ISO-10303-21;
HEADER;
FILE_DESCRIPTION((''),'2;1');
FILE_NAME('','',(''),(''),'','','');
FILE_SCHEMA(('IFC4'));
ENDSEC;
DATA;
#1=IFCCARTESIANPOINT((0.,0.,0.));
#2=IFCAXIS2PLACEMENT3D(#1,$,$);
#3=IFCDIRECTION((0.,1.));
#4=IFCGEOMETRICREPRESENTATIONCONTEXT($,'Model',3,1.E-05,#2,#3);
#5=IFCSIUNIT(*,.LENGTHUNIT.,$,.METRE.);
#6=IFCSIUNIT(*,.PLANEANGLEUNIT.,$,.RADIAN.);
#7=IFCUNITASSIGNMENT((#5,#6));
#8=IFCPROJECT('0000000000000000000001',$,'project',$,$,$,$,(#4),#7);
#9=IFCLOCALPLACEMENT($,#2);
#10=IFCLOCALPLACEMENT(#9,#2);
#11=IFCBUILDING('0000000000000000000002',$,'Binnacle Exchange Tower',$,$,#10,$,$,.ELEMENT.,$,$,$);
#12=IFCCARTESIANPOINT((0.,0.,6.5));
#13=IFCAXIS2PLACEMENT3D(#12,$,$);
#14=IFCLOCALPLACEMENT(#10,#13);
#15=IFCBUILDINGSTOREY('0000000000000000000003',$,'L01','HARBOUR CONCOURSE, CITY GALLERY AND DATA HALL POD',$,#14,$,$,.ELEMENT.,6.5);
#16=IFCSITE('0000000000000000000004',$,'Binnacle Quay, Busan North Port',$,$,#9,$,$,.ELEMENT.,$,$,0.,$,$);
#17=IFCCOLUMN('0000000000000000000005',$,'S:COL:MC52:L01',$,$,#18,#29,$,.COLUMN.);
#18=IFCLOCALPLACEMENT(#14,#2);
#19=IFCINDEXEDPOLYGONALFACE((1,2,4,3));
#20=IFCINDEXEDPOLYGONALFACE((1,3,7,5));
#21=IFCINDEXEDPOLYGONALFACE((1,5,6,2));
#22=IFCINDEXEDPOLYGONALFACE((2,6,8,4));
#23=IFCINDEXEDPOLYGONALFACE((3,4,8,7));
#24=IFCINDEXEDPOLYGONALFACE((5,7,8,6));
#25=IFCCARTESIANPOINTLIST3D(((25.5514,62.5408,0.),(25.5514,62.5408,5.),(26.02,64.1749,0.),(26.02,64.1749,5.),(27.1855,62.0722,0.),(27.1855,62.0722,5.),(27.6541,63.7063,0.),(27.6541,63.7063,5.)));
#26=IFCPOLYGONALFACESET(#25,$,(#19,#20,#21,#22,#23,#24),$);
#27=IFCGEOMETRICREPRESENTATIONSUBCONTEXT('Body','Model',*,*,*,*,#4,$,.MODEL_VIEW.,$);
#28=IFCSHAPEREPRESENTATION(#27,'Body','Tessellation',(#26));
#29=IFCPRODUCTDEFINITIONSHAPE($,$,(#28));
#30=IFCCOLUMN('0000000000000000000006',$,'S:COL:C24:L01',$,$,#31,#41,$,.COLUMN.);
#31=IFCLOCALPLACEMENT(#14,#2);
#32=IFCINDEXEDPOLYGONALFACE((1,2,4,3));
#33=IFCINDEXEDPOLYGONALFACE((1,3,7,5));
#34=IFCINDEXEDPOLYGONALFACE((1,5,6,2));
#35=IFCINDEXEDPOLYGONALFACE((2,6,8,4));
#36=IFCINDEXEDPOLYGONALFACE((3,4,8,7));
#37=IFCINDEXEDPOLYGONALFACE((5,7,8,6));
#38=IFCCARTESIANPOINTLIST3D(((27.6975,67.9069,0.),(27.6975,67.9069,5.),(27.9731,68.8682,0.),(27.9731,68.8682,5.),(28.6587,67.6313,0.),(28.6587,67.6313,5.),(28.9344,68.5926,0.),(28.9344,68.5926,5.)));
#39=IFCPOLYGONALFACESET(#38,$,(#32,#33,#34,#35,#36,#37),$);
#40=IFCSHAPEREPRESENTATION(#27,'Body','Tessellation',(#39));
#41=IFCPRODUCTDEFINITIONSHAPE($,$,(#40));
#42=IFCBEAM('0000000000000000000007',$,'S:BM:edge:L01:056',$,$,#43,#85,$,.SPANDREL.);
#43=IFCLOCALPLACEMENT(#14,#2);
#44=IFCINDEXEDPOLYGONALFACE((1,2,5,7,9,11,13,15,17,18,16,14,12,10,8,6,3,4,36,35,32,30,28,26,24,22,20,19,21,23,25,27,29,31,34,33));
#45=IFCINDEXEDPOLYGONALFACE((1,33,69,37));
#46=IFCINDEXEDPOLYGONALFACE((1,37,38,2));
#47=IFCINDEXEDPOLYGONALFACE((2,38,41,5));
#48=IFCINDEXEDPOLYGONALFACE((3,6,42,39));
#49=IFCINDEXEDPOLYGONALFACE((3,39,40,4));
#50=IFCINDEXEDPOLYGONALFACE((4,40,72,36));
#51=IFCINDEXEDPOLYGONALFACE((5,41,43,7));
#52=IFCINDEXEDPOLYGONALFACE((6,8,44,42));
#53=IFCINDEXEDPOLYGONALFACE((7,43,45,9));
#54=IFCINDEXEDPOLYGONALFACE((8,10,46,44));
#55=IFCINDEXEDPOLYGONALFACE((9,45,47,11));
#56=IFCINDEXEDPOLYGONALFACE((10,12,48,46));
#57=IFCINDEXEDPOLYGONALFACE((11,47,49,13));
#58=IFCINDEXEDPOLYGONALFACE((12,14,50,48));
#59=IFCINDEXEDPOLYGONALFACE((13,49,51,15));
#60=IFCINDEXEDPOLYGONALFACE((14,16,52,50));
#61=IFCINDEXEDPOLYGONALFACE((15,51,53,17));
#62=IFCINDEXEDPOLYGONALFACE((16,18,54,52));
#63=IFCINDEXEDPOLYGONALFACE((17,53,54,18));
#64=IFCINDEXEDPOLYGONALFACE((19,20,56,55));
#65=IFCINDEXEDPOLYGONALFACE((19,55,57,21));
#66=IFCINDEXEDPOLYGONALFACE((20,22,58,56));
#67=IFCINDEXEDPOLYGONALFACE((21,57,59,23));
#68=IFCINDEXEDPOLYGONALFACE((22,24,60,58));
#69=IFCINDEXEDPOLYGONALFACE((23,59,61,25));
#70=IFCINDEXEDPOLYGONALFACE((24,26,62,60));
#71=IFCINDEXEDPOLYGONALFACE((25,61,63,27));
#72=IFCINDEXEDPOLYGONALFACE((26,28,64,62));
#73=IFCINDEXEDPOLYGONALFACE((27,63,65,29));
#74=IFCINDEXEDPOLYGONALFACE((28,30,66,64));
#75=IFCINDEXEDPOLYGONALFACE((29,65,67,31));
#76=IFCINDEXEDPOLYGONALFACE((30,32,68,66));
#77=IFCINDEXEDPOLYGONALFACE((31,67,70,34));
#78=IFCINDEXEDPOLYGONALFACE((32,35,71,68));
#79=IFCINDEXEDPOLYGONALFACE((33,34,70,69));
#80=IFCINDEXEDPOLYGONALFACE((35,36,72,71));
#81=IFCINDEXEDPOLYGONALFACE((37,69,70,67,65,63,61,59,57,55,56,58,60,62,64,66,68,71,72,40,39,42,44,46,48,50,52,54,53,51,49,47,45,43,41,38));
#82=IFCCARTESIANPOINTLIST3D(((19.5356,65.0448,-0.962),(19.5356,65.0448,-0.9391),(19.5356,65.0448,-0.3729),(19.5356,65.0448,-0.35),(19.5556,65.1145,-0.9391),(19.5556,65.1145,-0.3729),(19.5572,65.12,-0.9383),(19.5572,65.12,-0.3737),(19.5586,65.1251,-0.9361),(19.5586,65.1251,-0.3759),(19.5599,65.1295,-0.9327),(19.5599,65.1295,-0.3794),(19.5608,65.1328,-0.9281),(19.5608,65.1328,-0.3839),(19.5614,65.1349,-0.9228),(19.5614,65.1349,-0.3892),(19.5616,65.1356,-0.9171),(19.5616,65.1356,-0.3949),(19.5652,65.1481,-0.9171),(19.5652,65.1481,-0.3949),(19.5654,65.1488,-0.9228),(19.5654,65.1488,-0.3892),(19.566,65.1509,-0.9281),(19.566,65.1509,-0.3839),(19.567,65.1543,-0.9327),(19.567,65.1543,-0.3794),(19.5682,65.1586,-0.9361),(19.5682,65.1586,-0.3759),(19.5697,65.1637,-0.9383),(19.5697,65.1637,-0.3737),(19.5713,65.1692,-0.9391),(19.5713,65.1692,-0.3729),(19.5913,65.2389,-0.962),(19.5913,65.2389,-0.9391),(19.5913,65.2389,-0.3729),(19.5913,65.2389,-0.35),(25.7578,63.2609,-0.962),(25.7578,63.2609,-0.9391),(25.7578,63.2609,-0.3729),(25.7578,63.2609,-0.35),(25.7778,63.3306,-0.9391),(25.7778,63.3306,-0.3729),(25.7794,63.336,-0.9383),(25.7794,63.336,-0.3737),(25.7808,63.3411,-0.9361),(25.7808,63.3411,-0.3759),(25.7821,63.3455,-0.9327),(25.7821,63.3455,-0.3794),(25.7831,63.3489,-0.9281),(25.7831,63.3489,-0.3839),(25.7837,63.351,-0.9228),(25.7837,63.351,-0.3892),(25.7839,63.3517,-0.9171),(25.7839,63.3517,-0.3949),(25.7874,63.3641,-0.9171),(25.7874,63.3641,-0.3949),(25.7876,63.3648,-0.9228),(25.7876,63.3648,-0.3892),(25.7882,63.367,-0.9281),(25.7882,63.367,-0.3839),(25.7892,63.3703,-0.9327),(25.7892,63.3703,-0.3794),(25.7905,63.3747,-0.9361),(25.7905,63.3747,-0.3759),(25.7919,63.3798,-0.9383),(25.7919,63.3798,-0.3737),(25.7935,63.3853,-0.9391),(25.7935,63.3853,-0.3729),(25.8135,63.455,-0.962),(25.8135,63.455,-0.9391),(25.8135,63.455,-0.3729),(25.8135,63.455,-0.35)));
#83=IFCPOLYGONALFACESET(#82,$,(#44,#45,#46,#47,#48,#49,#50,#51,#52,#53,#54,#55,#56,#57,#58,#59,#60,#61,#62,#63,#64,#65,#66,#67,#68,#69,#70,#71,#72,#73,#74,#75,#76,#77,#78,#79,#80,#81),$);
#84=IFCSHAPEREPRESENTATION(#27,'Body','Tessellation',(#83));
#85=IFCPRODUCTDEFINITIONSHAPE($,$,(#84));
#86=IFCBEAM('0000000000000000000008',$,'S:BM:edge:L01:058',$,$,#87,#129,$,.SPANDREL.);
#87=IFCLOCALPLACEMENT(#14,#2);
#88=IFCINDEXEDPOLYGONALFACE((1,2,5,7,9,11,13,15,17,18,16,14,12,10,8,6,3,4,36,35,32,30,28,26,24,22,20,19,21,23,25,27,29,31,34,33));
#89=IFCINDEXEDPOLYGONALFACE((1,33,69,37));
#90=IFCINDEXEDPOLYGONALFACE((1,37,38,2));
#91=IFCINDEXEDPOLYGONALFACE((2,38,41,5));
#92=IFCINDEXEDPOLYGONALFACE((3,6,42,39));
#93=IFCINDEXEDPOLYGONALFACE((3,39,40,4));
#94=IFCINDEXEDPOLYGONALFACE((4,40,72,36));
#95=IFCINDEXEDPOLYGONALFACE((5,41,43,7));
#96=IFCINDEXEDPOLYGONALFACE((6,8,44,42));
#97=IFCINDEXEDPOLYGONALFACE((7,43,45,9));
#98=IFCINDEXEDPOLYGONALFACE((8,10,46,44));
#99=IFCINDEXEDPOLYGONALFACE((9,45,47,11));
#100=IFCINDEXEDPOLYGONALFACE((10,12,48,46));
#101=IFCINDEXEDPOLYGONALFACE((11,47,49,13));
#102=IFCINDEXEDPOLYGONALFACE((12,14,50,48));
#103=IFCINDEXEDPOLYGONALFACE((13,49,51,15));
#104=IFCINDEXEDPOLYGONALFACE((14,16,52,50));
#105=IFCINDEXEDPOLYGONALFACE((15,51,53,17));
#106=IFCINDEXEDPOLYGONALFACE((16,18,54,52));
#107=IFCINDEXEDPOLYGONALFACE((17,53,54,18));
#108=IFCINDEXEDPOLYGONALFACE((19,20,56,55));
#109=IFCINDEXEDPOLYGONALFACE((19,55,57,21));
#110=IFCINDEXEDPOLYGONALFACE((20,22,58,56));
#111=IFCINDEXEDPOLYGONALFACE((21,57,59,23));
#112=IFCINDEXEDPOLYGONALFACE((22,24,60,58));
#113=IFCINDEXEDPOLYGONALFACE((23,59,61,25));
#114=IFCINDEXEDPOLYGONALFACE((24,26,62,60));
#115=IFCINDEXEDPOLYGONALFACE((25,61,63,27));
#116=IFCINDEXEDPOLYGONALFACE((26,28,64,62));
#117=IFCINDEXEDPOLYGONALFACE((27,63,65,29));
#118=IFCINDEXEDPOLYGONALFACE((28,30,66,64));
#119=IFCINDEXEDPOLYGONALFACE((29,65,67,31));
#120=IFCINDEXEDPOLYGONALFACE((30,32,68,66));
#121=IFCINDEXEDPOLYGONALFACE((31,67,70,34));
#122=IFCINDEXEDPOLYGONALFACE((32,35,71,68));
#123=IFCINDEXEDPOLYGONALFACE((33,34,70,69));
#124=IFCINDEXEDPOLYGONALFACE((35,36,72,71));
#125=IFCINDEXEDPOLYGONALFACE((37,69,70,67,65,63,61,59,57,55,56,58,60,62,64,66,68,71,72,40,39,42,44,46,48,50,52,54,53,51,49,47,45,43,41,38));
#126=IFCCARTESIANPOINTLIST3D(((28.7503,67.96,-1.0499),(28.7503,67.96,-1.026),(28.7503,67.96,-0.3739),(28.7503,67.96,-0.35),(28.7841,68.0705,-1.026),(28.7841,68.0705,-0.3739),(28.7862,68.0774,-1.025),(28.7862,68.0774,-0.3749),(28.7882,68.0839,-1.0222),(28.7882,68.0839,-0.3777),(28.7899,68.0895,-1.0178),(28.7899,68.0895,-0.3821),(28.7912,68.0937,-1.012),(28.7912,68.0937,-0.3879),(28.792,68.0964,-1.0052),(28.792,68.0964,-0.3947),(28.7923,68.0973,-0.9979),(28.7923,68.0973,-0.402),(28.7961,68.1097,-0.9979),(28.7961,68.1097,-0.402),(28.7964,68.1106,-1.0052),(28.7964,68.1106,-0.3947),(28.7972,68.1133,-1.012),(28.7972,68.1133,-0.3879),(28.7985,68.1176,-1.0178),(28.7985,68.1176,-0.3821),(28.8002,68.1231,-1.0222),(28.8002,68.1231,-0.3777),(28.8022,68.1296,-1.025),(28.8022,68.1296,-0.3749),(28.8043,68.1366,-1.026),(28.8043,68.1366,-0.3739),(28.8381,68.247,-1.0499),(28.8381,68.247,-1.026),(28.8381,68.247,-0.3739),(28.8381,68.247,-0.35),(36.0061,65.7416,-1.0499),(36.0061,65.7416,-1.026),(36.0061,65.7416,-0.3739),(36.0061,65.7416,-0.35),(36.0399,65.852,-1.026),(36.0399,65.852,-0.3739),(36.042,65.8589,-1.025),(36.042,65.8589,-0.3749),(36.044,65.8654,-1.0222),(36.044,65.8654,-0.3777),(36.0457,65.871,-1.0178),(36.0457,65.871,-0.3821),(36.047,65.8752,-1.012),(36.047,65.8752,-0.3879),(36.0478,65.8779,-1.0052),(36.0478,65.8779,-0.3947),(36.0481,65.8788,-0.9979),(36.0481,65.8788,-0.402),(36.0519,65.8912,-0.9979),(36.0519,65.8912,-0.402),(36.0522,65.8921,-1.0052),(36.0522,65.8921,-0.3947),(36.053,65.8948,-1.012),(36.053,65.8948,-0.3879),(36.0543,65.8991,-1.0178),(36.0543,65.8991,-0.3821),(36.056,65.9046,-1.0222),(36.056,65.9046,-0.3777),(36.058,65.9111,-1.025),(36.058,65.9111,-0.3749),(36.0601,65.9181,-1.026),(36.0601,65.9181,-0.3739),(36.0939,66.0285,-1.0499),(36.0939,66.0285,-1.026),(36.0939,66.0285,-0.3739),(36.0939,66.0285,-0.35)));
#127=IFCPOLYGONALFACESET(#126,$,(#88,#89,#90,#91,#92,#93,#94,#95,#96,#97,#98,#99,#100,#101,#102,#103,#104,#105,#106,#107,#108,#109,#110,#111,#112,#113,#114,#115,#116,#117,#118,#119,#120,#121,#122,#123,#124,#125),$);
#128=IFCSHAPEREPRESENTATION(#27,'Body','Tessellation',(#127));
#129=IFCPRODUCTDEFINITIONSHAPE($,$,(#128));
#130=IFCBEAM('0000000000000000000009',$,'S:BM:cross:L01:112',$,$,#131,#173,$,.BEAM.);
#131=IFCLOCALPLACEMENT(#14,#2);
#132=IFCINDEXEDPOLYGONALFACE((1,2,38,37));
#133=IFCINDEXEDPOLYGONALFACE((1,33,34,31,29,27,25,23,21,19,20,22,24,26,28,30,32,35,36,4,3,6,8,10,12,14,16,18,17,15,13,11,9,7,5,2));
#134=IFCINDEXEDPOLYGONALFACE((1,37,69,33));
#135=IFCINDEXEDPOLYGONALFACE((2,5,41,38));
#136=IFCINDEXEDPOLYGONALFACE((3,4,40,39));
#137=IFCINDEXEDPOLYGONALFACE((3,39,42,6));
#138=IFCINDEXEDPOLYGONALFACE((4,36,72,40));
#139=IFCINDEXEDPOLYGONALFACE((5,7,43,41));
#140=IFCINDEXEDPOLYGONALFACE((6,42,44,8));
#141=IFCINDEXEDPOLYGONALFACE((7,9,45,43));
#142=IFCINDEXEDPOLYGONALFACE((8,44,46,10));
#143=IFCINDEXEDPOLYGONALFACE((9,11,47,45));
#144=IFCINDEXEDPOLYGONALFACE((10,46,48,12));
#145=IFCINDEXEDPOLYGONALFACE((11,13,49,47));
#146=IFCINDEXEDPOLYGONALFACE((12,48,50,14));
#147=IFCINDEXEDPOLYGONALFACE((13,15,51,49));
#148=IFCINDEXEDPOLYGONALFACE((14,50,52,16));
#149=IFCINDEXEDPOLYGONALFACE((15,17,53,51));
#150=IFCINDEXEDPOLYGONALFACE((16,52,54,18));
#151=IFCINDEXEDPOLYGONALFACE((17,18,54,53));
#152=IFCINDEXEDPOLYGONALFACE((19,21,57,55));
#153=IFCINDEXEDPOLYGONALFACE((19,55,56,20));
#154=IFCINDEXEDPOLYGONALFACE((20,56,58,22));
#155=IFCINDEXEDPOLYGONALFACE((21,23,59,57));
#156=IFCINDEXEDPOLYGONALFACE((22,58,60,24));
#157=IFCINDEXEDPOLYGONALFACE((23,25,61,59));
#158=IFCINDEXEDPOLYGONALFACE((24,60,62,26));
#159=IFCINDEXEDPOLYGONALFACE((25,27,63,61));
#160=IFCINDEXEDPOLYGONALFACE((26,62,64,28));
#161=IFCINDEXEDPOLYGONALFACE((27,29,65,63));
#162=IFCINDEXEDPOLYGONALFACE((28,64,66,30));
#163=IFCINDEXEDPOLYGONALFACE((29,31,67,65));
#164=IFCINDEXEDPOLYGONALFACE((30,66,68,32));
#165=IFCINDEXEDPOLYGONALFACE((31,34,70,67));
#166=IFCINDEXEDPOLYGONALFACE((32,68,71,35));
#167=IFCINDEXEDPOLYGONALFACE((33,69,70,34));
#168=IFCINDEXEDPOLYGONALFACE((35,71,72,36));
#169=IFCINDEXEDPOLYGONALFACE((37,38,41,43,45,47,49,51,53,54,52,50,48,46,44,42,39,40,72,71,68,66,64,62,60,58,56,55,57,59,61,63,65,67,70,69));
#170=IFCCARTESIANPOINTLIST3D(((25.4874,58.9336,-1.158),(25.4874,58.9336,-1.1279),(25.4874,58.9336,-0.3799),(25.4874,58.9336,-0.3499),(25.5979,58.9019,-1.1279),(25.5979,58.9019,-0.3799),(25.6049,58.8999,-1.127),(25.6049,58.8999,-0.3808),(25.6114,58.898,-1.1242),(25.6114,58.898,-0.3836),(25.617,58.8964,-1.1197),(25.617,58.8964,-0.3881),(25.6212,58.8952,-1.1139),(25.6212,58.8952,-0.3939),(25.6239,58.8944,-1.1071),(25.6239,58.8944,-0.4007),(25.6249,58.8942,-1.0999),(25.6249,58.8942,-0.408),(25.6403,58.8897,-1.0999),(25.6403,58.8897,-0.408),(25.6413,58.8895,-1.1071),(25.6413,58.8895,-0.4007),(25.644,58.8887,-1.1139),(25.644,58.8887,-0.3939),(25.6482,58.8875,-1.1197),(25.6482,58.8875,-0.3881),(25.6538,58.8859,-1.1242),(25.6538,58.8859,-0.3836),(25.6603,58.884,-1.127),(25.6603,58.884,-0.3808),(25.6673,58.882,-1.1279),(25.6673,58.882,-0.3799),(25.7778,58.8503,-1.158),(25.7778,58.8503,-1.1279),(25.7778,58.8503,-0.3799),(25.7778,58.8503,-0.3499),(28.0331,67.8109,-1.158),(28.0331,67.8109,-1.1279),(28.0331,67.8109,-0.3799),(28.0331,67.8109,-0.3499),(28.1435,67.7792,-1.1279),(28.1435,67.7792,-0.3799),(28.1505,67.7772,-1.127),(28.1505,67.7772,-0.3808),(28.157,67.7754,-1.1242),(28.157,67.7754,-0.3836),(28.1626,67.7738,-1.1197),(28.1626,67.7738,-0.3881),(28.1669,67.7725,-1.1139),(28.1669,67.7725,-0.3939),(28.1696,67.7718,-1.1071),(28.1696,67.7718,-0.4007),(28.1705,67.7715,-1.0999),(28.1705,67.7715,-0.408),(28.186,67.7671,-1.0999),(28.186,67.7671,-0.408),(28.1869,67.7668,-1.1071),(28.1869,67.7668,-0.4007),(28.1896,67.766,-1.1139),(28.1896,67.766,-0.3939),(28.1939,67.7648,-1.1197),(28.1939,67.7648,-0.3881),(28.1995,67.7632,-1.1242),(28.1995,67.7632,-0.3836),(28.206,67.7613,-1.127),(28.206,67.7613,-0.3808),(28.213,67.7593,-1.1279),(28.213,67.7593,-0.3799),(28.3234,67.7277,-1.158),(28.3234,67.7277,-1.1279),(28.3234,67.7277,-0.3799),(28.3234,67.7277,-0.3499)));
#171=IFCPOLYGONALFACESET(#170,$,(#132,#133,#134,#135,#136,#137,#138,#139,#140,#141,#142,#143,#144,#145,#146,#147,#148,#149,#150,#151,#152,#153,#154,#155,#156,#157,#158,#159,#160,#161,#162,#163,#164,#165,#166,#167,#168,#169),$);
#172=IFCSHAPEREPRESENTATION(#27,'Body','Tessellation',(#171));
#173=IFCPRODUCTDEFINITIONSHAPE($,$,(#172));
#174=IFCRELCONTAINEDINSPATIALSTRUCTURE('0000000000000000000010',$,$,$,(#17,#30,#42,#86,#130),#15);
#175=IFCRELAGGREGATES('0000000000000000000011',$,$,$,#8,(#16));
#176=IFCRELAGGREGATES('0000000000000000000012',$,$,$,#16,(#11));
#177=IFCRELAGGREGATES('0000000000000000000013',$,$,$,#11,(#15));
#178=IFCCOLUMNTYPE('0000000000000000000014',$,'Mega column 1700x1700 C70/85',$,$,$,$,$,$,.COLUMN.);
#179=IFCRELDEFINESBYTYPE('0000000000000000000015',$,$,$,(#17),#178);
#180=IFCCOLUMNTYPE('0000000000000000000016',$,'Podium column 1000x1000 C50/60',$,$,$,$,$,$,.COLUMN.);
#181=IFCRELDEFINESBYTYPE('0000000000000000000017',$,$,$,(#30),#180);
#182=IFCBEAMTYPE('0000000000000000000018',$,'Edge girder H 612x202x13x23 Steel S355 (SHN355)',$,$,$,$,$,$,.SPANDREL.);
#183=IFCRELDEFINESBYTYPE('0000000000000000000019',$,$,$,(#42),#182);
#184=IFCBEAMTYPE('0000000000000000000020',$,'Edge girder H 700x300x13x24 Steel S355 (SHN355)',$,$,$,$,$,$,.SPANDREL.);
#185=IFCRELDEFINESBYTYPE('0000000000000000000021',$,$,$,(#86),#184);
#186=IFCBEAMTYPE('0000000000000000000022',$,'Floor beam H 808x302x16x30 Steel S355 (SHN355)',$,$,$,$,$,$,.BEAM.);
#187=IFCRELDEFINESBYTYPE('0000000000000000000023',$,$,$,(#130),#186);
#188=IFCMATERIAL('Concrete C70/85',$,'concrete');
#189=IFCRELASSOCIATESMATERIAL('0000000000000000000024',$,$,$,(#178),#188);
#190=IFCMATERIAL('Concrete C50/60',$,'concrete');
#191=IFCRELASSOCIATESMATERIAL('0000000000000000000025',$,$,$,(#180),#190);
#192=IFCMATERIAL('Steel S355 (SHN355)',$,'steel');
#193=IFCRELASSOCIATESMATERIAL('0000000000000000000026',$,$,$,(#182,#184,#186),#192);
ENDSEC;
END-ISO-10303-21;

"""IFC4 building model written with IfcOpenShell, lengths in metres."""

from ifc_helpers import new_model, si_unit, direction, frame, origin, origin_2d, place, context, subcontext, project, spatial, rectangle, i_section, extrude, material, material_profile, profile_set, type_object, element, save


model = new_model("IFC4")

# Units and contexts
model_context = context("Model", 3, precision=1e-05, world=origin(), true_north=direction((0.0, 1.0)))
body_context = subcontext(model_context, "Body", "Model", "MODEL_VIEW")
ifc_project = project(units=[si_unit("LENGTHUNIT", "METRE"), si_unit("PLANEANGLEUNIT", "RADIAN")], contexts=[model_context])

# Site, building, storey
site_placement = place(None, origin())
site = spatial("IfcSite", under=ifc_project, at=site_placement, Name="Binnacle Quay, Busan North Port", CompositionType="ELEMENT", RefElevation=0.0)
building_placement = place(site_placement, origin())
building = spatial("IfcBuilding", under=site, at=building_placement, Name="Binnacle Exchange Tower", CompositionType="ELEMENT")
storey_placement = place(building_placement, frame((0.0, 0.0, 6.5)))
storey = spatial("IfcBuildingStorey", under=building, at=storey_placement, Name="L01", Description="HARBOUR CONCOURSE, CITY GALLERY AND DATA HALL POD", CompositionType="ELEMENT", Elevation=6.5)

# Columns
ifc_material_1 = material(Name="Concrete C70/85", Category="concrete")
ifc_material_profile_1 = material_profile(ifc_material_1, rectangle(XDim=1.7, YDim=1.7, at=origin_2d()), Name="Mega column 1700x1700 C70/85")
ifc_profile_set_1 = profile_set([ifc_material_profile_1], Name="Concrete C70/85")
column_type_1 = type_object("IfcColumnType", Name="Mega column 1700x1700 C70/85", PredefinedType="COLUMN", material=ifc_profile_set_1)
column_1_placement = place(storey_placement, frame((26.6028, 63.1235, 0.0), z_axis=(0.0, 0.0, 1.0), x_axis=(-0.961262, 0.275637, 0.0)))
element("IfcColumn", 1, at=column_1_placement, inside=storey, type_object=column_type_1, Name="S:COL:MC52:L01", PredefinedType="COLUMN", context=body_context, shape_type="SweptSolid", body=[
    extrude(rectangle(XDim=1.7, YDim=1.7, at=origin_2d()), origin(), (0.0, 0.0, 1.0), 5.0),
])
ifc_material_2 = material(Name="Concrete C50/60", Category="concrete")
ifc_material_profile_2 = material_profile(ifc_material_2, rectangle(XDim=1.0, YDim=1.0, at=origin_2d()), Name="Podium column 1000x1000 C50/60")
ifc_profile_set_2 = profile_set([ifc_material_profile_2], Name="Concrete C50/60")
column_type_2 = type_object("IfcColumnType", Name="Podium column 1000x1000 C50/60", PredefinedType="COLUMN", material=ifc_profile_set_2)
column_2_placement = place(storey_placement, frame((28.3159, 68.2498, 0.0), z_axis=(0.0, 0.0, 1.0), x_axis=(-0.961262, 0.275637, 0.0)))
element("IfcColumn", 2, at=column_2_placement, inside=storey, type_object=column_type_2, Name="S:COL:C24:L01", PredefinedType="COLUMN", context=body_context, shape_type="SweptSolid", body=[
    extrude(rectangle(XDim=1.0, YDim=1.0, at=origin_2d()), origin(), (0.0, 0.0, 1.0), 5.0),
])

# Beams
ifc_material_3 = material(Name="Steel S355 (SHN355)", Category="steel")
ifc_material_profile_3 = material_profile(ifc_material_3, i_section(OverallWidth=0.2019, OverallDepth=0.6121, WebThickness=0.0129, FlangeThickness=0.0229, FilletRadius=0.022, at=origin_2d()), Name="H 612x202x13x23")
ifc_profile_set_3 = profile_set([ifc_material_profile_3], Name="Steel S355 (SHN355)")
beam_type_1 = type_object("IfcBeamType", Name="Edge girder H 612x202x13x23 Steel S355 (SHN355)", PredefinedType="SPANDREL", material=ifc_profile_set_3)
beam_1_placement = place(storey_placement, frame((25.7856, 63.3579, -0.656), z_axis=(-0.961272, 0.275603, 0.0), x_axis=(-0.275603, -0.961272, 0.0)))
element("IfcBeam", 3, at=beam_1_placement, inside=storey, type_object=beam_type_1, Name="S:BM:edge:L01:056", PredefinedType="SPANDREL", context=body_context, shape_type="SweptSolid", body=[
    extrude(i_section(OverallWidth=0.2019, OverallDepth=0.6121, WebThickness=0.0129, FlangeThickness=0.0229, FilletRadius=0.022, at=origin_2d()), origin(), (0.0, 0.0, 1.0), 6.4729),
])
ifc_material_profile_4 = material_profile(ifc_material_3, i_section(OverallWidth=0.3, OverallDepth=0.7, WebThickness=0.0129, FlangeThickness=0.0239, FilletRadius=0.0281, at=origin_2d()), Name="H 700x300x13x24")
ifc_profile_set_4 = profile_set([ifc_material_profile_4], Name="Steel S355 (SHN355)")
beam_type_2 = type_object("IfcBeamType", Name="Edge girder H 700x300x13x24 Steel S355 (SHN355)", PredefinedType="SPANDREL", material=ifc_profile_set_4)
beam_2_placement = place(storey_placement, frame((28.7942, 68.1035, -0.7), z_axis=(0.956299, -0.292392, 0.0), x_axis=(0.292392, 0.956299, 0.0)))
element("IfcBeam", 4, at=beam_2_placement, inside=storey, type_object=beam_type_2, Name="S:BM:edge:L01:058", PredefinedType="SPANDREL", context=body_context, shape_type="SweptSolid", body=[
    extrude(i_section(OverallWidth=0.3, OverallDepth=0.7, WebThickness=0.0129, FlangeThickness=0.0239, FilletRadius=0.0281, at=origin_2d()), origin(), (0.0, 0.0, 1.0), 7.5874),
])
ifc_material_profile_5 = material_profile(ifc_material_3, i_section(OverallWidth=0.302, OverallDepth=0.8081, WebThickness=0.0161, FlangeThickness=0.03, FilletRadius=0.0281, at=origin_2d()), Name="H 808x302x16x30")
ifc_profile_set_5 = profile_set([ifc_material_profile_5], Name="Steel S355 (SHN355)")
beam_type_3 = type_object("IfcBeamType", Name="Floor beam H 808x302x16x30 Steel S355 (SHN355)", PredefinedType="BEAM", material=ifc_profile_set_5)
beam_3_placement = place(storey_placement, frame((28.1782, 67.7693, -0.7539), z_axis=(-0.275646, -0.961259, 0.0), x_axis=(0.961259, -0.275646, 0.0)))
element("IfcBeam", 5, at=beam_3_placement, inside=storey, type_object=beam_type_3, Name="S:BM:cross:L01:112", PredefinedType="BEAM", context=body_context, shape_type="SweptSolid", body=[
    extrude(i_section(OverallWidth=0.302, OverallDepth=0.8081, WebThickness=0.0161, FlangeThickness=0.03, FilletRadius=0.0281, at=origin_2d()), origin(), (0.0, 0.0, 1.0), 9.2351),
])

save(model, "model.ifc")
